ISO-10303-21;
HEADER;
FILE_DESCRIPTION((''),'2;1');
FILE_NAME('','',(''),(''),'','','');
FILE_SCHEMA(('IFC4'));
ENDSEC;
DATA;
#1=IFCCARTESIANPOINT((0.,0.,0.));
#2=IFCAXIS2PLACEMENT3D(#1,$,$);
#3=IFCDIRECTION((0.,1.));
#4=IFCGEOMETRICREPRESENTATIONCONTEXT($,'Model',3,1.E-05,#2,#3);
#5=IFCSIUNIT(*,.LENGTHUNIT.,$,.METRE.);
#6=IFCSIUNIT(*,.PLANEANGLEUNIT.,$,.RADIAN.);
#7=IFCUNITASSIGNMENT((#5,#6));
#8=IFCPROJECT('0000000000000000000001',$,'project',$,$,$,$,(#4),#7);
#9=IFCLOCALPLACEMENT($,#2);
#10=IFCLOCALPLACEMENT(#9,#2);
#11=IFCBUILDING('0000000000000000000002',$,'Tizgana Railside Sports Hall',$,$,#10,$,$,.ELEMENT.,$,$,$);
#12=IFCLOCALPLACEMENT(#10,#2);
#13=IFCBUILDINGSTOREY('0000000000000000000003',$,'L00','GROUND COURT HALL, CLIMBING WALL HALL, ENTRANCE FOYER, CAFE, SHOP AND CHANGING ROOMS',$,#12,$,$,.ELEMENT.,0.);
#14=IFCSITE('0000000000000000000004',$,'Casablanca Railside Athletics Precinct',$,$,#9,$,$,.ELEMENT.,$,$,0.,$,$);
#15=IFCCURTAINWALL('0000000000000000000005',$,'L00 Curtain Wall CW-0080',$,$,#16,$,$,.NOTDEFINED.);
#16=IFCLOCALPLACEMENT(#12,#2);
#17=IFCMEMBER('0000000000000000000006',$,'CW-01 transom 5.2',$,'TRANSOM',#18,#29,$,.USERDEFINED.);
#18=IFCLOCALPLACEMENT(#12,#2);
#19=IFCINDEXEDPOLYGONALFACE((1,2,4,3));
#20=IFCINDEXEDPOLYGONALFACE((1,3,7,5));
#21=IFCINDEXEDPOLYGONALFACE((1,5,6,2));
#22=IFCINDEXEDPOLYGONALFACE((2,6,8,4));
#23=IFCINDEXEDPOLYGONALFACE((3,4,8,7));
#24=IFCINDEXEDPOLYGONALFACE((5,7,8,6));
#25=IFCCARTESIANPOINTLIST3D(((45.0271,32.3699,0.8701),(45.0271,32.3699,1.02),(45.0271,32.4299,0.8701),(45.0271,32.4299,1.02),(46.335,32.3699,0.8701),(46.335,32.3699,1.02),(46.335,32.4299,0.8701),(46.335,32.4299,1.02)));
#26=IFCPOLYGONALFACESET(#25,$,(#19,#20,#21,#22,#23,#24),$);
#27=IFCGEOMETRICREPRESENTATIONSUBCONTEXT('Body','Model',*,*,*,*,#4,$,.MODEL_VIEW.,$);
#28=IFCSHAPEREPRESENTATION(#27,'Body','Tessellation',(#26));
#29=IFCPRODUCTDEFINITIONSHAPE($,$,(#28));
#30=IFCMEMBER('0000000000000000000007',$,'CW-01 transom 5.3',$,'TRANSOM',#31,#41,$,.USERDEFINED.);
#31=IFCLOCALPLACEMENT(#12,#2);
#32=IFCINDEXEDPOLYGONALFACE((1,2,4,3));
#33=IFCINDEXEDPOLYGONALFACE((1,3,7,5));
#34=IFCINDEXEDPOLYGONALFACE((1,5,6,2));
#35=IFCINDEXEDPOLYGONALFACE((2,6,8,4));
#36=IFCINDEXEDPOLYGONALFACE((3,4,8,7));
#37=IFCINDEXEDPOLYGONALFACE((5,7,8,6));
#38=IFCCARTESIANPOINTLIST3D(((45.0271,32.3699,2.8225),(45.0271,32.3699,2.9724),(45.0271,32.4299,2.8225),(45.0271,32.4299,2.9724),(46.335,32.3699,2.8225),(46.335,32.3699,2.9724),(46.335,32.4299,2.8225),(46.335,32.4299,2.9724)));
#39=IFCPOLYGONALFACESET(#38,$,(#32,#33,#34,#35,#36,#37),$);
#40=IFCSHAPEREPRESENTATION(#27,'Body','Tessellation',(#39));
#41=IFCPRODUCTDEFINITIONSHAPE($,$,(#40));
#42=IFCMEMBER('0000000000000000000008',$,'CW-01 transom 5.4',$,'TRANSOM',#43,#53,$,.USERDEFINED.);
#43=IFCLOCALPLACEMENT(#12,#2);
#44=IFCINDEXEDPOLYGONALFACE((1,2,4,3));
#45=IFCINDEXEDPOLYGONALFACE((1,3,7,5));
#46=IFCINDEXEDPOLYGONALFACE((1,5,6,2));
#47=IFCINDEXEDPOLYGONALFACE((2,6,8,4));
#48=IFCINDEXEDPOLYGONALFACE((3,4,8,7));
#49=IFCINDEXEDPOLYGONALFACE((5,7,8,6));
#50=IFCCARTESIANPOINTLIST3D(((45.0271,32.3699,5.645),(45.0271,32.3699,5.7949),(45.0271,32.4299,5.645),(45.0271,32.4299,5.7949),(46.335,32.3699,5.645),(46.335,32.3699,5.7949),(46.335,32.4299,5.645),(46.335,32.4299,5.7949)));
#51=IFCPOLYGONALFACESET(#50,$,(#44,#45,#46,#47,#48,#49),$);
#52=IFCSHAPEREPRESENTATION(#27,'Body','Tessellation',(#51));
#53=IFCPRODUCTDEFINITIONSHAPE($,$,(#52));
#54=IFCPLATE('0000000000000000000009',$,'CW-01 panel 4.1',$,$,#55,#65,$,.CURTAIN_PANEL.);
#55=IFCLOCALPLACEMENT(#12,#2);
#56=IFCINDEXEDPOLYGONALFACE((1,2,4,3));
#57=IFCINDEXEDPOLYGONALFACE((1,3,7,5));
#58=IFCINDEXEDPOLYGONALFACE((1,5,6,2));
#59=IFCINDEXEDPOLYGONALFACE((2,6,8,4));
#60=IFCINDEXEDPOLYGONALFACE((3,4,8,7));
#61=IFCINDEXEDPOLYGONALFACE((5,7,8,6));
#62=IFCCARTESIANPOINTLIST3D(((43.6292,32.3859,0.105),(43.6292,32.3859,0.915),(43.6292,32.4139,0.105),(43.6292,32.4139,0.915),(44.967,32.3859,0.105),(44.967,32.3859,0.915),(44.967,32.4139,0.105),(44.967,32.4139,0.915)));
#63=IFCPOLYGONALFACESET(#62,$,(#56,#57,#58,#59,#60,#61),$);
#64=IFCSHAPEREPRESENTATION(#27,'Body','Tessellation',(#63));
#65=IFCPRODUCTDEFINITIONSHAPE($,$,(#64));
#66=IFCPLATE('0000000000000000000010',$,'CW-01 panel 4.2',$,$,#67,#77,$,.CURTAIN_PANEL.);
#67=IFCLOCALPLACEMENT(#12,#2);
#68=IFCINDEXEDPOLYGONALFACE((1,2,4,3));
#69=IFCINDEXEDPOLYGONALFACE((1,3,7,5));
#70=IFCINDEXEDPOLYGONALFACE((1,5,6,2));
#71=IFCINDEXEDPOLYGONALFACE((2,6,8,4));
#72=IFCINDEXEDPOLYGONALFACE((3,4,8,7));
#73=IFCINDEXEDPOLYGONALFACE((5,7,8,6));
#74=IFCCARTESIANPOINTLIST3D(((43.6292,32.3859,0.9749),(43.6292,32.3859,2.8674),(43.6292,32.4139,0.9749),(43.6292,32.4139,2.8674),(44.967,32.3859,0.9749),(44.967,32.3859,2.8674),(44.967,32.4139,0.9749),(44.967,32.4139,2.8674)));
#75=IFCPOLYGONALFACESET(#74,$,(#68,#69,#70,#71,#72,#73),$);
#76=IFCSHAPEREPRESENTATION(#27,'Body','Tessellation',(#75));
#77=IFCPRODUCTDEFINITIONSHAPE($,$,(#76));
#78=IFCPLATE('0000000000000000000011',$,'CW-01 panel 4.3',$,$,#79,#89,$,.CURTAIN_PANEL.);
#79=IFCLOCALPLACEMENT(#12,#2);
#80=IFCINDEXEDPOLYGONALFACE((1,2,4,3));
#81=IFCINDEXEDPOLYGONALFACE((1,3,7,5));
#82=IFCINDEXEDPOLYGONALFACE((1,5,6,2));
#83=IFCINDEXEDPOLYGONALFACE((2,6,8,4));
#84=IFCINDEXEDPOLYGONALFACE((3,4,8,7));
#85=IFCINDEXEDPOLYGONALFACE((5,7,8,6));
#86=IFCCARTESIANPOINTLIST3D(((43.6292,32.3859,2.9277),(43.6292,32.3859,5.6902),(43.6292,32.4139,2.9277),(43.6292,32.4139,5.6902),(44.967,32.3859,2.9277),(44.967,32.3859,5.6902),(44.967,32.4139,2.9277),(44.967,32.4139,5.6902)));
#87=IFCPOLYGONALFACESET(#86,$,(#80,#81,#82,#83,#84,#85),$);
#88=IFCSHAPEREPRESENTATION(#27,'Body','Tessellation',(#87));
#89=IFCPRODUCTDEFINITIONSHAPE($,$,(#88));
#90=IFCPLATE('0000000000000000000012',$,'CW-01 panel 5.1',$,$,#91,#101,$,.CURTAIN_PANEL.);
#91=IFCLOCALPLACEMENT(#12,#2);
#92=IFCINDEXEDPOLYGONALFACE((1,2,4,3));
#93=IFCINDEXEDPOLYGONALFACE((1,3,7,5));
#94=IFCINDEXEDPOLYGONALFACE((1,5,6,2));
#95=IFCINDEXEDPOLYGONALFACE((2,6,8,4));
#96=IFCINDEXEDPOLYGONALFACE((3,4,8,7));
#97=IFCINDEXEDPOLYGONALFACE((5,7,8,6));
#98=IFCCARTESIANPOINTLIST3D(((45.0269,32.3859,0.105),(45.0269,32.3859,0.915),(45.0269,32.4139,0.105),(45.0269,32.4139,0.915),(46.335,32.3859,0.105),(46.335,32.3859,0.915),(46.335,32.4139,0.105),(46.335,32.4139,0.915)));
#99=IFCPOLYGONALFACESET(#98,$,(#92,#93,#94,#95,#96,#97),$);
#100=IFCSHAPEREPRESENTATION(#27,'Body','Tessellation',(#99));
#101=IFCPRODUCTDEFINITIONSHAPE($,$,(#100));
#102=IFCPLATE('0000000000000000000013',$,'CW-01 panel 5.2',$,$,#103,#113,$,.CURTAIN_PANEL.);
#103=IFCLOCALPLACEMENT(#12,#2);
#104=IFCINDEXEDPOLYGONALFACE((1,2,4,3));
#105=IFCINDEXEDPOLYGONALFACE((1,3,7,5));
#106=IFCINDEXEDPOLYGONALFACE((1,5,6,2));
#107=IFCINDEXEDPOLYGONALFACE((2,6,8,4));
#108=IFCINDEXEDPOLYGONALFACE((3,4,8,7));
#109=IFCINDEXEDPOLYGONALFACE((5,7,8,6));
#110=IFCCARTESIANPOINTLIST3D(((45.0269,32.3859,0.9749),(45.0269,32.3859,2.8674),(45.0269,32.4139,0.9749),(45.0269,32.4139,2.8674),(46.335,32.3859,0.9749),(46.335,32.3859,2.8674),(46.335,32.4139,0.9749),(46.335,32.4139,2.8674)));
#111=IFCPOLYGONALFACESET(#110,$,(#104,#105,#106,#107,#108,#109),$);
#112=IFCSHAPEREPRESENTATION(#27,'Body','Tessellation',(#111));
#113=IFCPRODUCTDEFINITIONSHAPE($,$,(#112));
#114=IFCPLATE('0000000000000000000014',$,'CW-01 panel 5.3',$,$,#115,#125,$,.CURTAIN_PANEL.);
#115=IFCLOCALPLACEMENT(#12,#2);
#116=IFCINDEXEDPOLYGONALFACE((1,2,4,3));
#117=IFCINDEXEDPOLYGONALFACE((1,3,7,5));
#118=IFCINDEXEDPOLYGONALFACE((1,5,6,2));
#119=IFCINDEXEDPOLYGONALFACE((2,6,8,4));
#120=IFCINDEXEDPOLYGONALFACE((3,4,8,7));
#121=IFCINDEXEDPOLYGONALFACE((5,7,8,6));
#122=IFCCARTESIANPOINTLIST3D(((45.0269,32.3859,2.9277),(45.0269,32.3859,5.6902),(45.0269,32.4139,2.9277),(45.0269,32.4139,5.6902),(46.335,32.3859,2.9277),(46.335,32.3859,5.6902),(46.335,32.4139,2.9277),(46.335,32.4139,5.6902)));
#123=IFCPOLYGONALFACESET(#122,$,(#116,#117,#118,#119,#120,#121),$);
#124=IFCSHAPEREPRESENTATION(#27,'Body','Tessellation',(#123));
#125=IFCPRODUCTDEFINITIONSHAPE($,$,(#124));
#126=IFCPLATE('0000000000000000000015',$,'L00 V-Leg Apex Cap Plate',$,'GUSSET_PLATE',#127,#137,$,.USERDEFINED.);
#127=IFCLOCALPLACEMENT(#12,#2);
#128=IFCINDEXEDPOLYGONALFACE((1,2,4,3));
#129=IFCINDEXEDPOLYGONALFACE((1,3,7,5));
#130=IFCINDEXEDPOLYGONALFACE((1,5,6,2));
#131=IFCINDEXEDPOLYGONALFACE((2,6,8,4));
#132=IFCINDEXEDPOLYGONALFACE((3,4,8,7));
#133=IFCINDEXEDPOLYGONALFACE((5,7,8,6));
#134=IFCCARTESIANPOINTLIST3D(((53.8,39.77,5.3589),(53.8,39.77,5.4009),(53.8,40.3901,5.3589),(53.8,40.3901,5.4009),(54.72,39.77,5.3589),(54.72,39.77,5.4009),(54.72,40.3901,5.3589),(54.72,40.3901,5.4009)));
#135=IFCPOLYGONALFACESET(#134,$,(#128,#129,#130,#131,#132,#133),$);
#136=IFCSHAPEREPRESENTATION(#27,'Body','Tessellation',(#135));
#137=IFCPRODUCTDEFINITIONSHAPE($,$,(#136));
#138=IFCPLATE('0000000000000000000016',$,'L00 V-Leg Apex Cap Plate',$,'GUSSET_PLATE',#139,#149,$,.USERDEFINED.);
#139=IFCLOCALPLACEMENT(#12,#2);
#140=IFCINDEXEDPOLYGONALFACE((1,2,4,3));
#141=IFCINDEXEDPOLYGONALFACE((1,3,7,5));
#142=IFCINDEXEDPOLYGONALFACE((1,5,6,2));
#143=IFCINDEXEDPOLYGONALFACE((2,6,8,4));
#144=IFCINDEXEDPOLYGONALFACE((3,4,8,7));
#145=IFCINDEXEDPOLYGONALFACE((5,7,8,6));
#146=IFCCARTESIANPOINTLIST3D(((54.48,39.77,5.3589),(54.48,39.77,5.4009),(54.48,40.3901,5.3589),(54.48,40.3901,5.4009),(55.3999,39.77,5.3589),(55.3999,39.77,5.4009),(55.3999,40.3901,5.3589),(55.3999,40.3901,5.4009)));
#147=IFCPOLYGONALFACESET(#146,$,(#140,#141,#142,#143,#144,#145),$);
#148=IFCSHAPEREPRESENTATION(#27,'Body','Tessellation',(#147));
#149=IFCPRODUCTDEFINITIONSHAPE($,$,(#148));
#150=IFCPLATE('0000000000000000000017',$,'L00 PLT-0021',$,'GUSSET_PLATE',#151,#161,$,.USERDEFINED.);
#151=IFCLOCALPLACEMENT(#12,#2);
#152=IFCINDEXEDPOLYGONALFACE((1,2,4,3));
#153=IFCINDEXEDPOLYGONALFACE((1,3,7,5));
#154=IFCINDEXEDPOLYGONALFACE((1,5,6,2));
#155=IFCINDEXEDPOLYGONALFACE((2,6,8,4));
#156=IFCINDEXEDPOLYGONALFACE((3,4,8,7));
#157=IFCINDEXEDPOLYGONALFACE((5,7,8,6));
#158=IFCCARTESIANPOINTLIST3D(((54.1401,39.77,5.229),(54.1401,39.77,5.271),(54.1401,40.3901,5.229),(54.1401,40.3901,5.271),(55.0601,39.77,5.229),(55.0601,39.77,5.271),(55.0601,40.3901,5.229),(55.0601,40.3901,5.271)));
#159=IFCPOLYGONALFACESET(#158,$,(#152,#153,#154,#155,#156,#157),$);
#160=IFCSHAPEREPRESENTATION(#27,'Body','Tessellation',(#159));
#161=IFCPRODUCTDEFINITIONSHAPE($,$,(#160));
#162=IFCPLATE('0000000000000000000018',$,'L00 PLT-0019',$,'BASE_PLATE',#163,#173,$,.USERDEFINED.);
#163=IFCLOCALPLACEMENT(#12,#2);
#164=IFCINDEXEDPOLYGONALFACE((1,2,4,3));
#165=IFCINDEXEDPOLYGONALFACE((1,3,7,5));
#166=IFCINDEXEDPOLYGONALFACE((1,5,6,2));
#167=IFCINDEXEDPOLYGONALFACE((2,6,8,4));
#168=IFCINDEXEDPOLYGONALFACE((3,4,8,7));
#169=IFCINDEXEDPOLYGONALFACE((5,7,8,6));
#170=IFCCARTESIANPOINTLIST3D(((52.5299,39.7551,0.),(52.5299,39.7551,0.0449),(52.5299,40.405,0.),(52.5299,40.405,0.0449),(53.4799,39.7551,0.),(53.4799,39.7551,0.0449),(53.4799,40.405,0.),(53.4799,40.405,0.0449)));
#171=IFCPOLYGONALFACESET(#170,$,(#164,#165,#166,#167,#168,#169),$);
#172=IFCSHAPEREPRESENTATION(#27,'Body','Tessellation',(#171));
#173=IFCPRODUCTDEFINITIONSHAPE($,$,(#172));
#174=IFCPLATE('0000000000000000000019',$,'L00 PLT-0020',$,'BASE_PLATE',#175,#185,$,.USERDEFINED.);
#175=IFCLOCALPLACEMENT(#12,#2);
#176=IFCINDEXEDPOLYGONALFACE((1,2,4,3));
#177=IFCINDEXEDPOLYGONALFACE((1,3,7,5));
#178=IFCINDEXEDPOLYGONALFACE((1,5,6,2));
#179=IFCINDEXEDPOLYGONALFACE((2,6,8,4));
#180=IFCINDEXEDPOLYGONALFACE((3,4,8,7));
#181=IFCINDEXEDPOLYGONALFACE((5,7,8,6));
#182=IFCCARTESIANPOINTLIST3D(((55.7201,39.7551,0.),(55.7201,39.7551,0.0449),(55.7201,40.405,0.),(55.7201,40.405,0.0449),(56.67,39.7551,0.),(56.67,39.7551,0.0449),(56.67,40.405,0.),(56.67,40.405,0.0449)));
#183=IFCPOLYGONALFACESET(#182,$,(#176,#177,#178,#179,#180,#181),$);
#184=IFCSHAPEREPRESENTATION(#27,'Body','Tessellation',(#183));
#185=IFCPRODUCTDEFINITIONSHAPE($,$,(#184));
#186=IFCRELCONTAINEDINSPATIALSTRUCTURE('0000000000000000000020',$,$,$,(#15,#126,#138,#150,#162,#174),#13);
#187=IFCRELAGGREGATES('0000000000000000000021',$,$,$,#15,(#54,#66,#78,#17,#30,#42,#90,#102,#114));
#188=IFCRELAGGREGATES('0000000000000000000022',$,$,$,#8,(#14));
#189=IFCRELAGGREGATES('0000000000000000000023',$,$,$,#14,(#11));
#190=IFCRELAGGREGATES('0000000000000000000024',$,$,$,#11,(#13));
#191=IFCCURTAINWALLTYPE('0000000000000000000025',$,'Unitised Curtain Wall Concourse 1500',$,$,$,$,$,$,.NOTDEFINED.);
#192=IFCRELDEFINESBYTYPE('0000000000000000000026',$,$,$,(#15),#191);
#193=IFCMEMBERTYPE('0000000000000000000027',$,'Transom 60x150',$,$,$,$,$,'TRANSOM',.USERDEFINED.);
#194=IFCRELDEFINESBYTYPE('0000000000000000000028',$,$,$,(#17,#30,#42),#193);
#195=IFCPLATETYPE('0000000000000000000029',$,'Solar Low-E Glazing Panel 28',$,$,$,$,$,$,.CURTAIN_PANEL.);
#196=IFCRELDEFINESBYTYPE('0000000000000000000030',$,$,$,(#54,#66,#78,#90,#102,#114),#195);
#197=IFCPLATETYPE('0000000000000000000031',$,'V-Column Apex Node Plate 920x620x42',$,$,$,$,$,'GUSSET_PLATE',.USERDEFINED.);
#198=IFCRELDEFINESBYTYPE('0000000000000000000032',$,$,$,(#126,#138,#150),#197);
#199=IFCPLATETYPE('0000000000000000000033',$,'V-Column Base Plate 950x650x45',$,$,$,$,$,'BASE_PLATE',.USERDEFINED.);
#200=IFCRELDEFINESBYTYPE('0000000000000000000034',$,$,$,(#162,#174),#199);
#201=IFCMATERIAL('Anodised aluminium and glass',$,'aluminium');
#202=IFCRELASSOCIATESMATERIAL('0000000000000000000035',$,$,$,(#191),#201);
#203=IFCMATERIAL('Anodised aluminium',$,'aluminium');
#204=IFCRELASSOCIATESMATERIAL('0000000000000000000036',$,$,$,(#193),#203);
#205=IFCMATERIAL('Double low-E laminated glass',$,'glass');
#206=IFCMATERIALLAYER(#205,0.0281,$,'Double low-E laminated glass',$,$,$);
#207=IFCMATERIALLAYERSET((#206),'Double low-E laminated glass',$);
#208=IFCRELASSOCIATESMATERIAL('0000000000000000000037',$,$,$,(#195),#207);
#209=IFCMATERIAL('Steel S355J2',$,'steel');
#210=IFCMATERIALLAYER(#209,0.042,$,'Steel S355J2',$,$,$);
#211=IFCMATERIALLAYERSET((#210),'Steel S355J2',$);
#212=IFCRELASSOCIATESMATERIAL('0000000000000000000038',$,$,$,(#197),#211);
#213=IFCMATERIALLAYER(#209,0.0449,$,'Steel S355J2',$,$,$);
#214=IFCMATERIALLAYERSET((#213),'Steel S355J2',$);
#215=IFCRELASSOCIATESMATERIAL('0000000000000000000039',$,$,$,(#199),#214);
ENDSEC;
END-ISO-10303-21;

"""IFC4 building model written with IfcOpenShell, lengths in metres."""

from ifc_helpers import new_model, si_unit, direction, frame, origin, origin_2d, place, context, subcontext, project, spatial, rectangle, extrude, material, layer, layer_set, material_profile, profile_set, type_object, element, aggregate, save


model = new_model("IFC4")

# Units and contexts
model_context = context("Model", 3, precision=1e-05, world=origin(), true_north=direction((0.0, 1.0)))
body_context = subcontext(model_context, "Body", "Model", "MODEL_VIEW")
ifc_project = project(units=[si_unit("LENGTHUNIT", "METRE"), si_unit("PLANEANGLEUNIT", "RADIAN")], contexts=[model_context])

# Site, building, storey
site_placement = place(None, origin())
site = spatial("IfcSite", under=ifc_project, at=site_placement, Name="Casablanca Railside Athletics Precinct", CompositionType="ELEMENT", RefElevation=0.0)
building_placement = place(site_placement, origin())
building = spatial("IfcBuilding", under=site, at=building_placement, Name="Tizgana Railside Sports Hall", CompositionType="ELEMENT")
storey_placement = place(building_placement, origin())
storey = spatial("IfcBuildingStorey", under=building, at=storey_placement, Name="L00", Description="GROUND COURT HALL, CLIMBING WALL HALL, ENTRANCE FOYER, CAFE, SHOP AND CHANGING ROOMS", CompositionType="ELEMENT", Elevation=0.0)

# Shared definitions
ifc_material_1 = material(Name="Steel S355J2", Category="steel")

# Curtain wall
ifc_material_2 = material(Name="Anodised aluminium and glass", Category="aluminium")
curtain_wall_type = type_object("IfcCurtainWallType", Name="Unitised Curtain Wall Concourse 1500", PredefinedType="NOTDEFINED", material=ifc_material_2)
curtain_wall_placement = place(storey_placement, origin())
curtain_wall = element("IfcCurtainWall", 1, at=curtain_wall_placement, inside=storey, type_object=curtain_wall_type, Name="L00 Curtain Wall CW-0080", PredefinedType="NOTDEFINED")
ifc_material_3 = material(Name="Anodised aluminium", Category="aluminium")

# Members
ifc_material_profile_1 = material_profile(ifc_material_3, rectangle(XDim=0.0601, YDim=0.1499, at=origin_2d()), Name="Transom 60x150")
ifc_profile_set_1 = profile_set([ifc_material_profile_1], Name="Anodised aluminium")
member_type_1 = type_object("IfcMemberType", Name="Transom 60x150", ElementType="TRANSOM", PredefinedType="USERDEFINED", material=ifc_profile_set_1)
member_1_placement = place(storey_placement, frame((45.0271, 32.3999, 0.9451), z_axis=(1.0, 0.0, 0.0), x_axis=(0.0, 1.0, 0.0)))
member_1 = element("IfcMember", 2, at=member_1_placement, type_object=member_type_1, Name="CW-01 transom 5.2", ObjectType="TRANSOM", PredefinedType="USERDEFINED", context=body_context, shape_type="SweptSolid", body=[
    extrude(rectangle(XDim=0.0601, YDim=0.1499, at=origin_2d()), origin(), (0.0, 0.0, 1.0), 1.3079),
])
member_2_placement = place(storey_placement, frame((45.0271, 32.3999, 2.8975), z_axis=(1.0, 0.0, 0.0), x_axis=(0.0, 1.0, 0.0)))
member_2 = element("IfcMember", 3, at=member_2_placement, type_object=member_type_1, Name="CW-01 transom 5.3", ObjectType="TRANSOM", PredefinedType="USERDEFINED", context=body_context, shape_type="SweptSolid", body=[
    extrude(rectangle(XDim=0.0601, YDim=0.1499, at=origin_2d()), origin(), (0.0, 0.0, 1.0), 1.3079),
])
member_3_placement = place(storey_placement, frame((45.0271, 32.3999, 5.72), z_axis=(1.0, 0.0, 0.0), x_axis=(0.0, 1.0, 0.0)))
member_3 = element("IfcMember", 4, at=member_3_placement, type_object=member_type_1, Name="CW-01 transom 5.4", ObjectType="TRANSOM", PredefinedType="USERDEFINED", context=body_context, shape_type="SweptSolid", body=[
    extrude(rectangle(XDim=0.0601, YDim=0.1499, at=origin_2d()), origin(), (0.0, 0.0, 1.0), 1.3079),
])

# Plates
ifc_material_4 = material(Name="Double low-E laminated glass", Category="glass")
ifc_layer_1 = layer(ifc_material_4, 0.0281, Name="Double low-E laminated glass")
ifc_layer_set_1 = layer_set([ifc_layer_1], Name="Double low-E laminated glass")
plate_type_1 = type_object("IfcPlateType", Name="Solar Low-E Glazing Panel 28", PredefinedType="CURTAIN_PANEL", material=ifc_layer_set_1)
plate_1_placement = place(storey_placement, frame((44.2981, 32.3999, 0.105), z_axis=(0.0, 0.0, 1.0), x_axis=(1.0, 0.0, 0.0)))
plate_1 = element("IfcPlate", 5, at=plate_1_placement, type_object=plate_type_1, Name="CW-01 panel 4.1", PredefinedType="CURTAIN_PANEL", context=body_context, shape_type="SweptSolid", body=[
    extrude(rectangle(XDim=1.3379, YDim=0.0281, at=origin_2d()), origin(), (0.0, 0.0, 1.0), 0.8101),
])
plate_2_placement = place(storey_placement, frame((44.2981, 32.3999, 0.9749), z_axis=(0.0, 0.0, 1.0), x_axis=(1.0, 0.0, 0.0)))
plate_2 = element("IfcPlate", 6, at=plate_2_placement, type_object=plate_type_1, Name="CW-01 panel 4.2", PredefinedType="CURTAIN_PANEL", context=body_context, shape_type="SweptSolid", body=[
    extrude(rectangle(XDim=1.3379, YDim=0.0281, at=origin_2d()), origin(), (0.0, 0.0, 1.0), 1.8926),
])
plate_3_placement = place(storey_placement, frame((44.2981, 32.3999, 2.9277), z_axis=(0.0, 0.0, 1.0), x_axis=(1.0, 0.0, 0.0)))
plate_3 = element("IfcPlate", 7, at=plate_3_placement, type_object=plate_type_1, Name="CW-01 panel 4.3", PredefinedType="CURTAIN_PANEL", context=body_context, shape_type="SweptSolid", body=[
    extrude(rectangle(XDim=1.3379, YDim=0.0281, at=origin_2d()), origin(), (0.0, 0.0, 1.0), 2.7625),
])
plate_4_placement = place(storey_placement, frame((45.6809, 32.3999, 0.105), z_axis=(0.0, 0.0, 1.0), x_axis=(1.0, 0.0, 0.0)))
plate_4 = element("IfcPlate", 8, at=plate_4_placement, type_object=plate_type_1, Name="CW-01 panel 5.1", PredefinedType="CURTAIN_PANEL", context=body_context, shape_type="SweptSolid", body=[
    extrude(rectangle(XDim=1.3081, YDim=0.0281, at=origin_2d()), origin(), (0.0, 0.0, 1.0), 0.8101),
])
plate_5_placement = place(storey_placement, frame((45.6809, 32.3999, 0.9749), z_axis=(0.0, 0.0, 1.0), x_axis=(1.0, 0.0, 0.0)))
plate_5 = element("IfcPlate", 9, at=plate_5_placement, type_object=plate_type_1, Name="CW-01 panel 5.2", PredefinedType="CURTAIN_PANEL", context=body_context, shape_type="SweptSolid", body=[
    extrude(rectangle(XDim=1.3081, YDim=0.0281, at=origin_2d()), origin(), (0.0, 0.0, 1.0), 1.8926),
])
plate_6_placement = place(storey_placement, frame((45.6809, 32.3999, 2.9277), z_axis=(0.0, 0.0, 1.0), x_axis=(1.0, 0.0, 0.0)))
plate_6 = element("IfcPlate", 10, at=plate_6_placement, type_object=plate_type_1, Name="CW-01 panel 5.3", PredefinedType="CURTAIN_PANEL", context=body_context, shape_type="SweptSolid", body=[
    extrude(rectangle(XDim=1.3081, YDim=0.0281, at=origin_2d()), origin(), (0.0, 0.0, 1.0), 2.7625),
])
aggregate(curtain_wall, [plate_1, plate_2, plate_3, member_1, member_2, member_3, plate_4, plate_5, plate_6])

# Plates
ifc_layer_2 = layer(ifc_material_1, 0.042, Name="Steel S355J2")
ifc_layer_set_2 = layer_set([ifc_layer_2], Name="Steel S355J2")
plate_type_2 = type_object("IfcPlateType", Name="V-Column Apex Node Plate 920x620x42", ElementType="GUSSET_PLATE", PredefinedType="USERDEFINED", material=ifc_layer_set_2)
for number, where, z_axis, x_axis, name in (
    (11, (54.26, 40.0801, 5.3589), (0.0, 0.0, 1.0), (1.0, 0.0, 0.0), "L00 V-Leg Apex Cap Plate"),
    (12, (54.9399, 40.0801, 5.3589), (0.0, 0.0, 1.0), (1.0, 0.0, 0.0), "L00 V-Leg Apex Cap Plate"),
    (13, (54.6001, 40.0801, 5.229), (0.0, 0.0, 1.0), (1.0, 0.0, 0.0), "L00 PLT-0021"),
):
    element("IfcPlate", number, at=place(storey_placement, frame(where, z_axis=z_axis, x_axis=x_axis)), inside=storey, type_object=plate_type_2, Name=name, ObjectType="GUSSET_PLATE", PredefinedType="USERDEFINED", context=body_context, shape_type="SweptSolid", body=[
        extrude(rectangle(XDim=0.9199, YDim=0.6201, at=origin_2d()), origin(), (0.0, 0.0, 1.0), 0.042),
    ])
ifc_layer_3 = layer(ifc_material_1, 0.0449, Name="Steel S355J2")
ifc_layer_set_3 = layer_set([ifc_layer_3], Name="Steel S355J2")
plate_type_3 = type_object("IfcPlateType", Name="V-Column Base Plate 950x650x45", ElementType="BASE_PLATE", PredefinedType="USERDEFINED", material=ifc_layer_set_3)
for number, where, z_axis, x_axis, name in (
    (14, (53.0049, 40.0801, 0.0), (0.0, 0.0, 1.0), (1.0, 0.0, 0.0), "L00 PLT-0019"),
    (15, (56.1951, 40.0801, 0.0), (0.0, 0.0, 1.0), (1.0, 0.0, 0.0), "L00 PLT-0020"),
):
    element("IfcPlate", number, at=place(storey_placement, frame(where, z_axis=z_axis, x_axis=x_axis)), inside=storey, type_object=plate_type_3, Name=name, ObjectType="BASE_PLATE", PredefinedType="USERDEFINED", context=body_context, shape_type="SweptSolid", body=[
        extrude(rectangle(XDim=0.95, YDim=0.6499, at=origin_2d()), origin(), (0.0, 0.0, 1.0), 0.0449),
    ])

save(model, "model.ifc")
